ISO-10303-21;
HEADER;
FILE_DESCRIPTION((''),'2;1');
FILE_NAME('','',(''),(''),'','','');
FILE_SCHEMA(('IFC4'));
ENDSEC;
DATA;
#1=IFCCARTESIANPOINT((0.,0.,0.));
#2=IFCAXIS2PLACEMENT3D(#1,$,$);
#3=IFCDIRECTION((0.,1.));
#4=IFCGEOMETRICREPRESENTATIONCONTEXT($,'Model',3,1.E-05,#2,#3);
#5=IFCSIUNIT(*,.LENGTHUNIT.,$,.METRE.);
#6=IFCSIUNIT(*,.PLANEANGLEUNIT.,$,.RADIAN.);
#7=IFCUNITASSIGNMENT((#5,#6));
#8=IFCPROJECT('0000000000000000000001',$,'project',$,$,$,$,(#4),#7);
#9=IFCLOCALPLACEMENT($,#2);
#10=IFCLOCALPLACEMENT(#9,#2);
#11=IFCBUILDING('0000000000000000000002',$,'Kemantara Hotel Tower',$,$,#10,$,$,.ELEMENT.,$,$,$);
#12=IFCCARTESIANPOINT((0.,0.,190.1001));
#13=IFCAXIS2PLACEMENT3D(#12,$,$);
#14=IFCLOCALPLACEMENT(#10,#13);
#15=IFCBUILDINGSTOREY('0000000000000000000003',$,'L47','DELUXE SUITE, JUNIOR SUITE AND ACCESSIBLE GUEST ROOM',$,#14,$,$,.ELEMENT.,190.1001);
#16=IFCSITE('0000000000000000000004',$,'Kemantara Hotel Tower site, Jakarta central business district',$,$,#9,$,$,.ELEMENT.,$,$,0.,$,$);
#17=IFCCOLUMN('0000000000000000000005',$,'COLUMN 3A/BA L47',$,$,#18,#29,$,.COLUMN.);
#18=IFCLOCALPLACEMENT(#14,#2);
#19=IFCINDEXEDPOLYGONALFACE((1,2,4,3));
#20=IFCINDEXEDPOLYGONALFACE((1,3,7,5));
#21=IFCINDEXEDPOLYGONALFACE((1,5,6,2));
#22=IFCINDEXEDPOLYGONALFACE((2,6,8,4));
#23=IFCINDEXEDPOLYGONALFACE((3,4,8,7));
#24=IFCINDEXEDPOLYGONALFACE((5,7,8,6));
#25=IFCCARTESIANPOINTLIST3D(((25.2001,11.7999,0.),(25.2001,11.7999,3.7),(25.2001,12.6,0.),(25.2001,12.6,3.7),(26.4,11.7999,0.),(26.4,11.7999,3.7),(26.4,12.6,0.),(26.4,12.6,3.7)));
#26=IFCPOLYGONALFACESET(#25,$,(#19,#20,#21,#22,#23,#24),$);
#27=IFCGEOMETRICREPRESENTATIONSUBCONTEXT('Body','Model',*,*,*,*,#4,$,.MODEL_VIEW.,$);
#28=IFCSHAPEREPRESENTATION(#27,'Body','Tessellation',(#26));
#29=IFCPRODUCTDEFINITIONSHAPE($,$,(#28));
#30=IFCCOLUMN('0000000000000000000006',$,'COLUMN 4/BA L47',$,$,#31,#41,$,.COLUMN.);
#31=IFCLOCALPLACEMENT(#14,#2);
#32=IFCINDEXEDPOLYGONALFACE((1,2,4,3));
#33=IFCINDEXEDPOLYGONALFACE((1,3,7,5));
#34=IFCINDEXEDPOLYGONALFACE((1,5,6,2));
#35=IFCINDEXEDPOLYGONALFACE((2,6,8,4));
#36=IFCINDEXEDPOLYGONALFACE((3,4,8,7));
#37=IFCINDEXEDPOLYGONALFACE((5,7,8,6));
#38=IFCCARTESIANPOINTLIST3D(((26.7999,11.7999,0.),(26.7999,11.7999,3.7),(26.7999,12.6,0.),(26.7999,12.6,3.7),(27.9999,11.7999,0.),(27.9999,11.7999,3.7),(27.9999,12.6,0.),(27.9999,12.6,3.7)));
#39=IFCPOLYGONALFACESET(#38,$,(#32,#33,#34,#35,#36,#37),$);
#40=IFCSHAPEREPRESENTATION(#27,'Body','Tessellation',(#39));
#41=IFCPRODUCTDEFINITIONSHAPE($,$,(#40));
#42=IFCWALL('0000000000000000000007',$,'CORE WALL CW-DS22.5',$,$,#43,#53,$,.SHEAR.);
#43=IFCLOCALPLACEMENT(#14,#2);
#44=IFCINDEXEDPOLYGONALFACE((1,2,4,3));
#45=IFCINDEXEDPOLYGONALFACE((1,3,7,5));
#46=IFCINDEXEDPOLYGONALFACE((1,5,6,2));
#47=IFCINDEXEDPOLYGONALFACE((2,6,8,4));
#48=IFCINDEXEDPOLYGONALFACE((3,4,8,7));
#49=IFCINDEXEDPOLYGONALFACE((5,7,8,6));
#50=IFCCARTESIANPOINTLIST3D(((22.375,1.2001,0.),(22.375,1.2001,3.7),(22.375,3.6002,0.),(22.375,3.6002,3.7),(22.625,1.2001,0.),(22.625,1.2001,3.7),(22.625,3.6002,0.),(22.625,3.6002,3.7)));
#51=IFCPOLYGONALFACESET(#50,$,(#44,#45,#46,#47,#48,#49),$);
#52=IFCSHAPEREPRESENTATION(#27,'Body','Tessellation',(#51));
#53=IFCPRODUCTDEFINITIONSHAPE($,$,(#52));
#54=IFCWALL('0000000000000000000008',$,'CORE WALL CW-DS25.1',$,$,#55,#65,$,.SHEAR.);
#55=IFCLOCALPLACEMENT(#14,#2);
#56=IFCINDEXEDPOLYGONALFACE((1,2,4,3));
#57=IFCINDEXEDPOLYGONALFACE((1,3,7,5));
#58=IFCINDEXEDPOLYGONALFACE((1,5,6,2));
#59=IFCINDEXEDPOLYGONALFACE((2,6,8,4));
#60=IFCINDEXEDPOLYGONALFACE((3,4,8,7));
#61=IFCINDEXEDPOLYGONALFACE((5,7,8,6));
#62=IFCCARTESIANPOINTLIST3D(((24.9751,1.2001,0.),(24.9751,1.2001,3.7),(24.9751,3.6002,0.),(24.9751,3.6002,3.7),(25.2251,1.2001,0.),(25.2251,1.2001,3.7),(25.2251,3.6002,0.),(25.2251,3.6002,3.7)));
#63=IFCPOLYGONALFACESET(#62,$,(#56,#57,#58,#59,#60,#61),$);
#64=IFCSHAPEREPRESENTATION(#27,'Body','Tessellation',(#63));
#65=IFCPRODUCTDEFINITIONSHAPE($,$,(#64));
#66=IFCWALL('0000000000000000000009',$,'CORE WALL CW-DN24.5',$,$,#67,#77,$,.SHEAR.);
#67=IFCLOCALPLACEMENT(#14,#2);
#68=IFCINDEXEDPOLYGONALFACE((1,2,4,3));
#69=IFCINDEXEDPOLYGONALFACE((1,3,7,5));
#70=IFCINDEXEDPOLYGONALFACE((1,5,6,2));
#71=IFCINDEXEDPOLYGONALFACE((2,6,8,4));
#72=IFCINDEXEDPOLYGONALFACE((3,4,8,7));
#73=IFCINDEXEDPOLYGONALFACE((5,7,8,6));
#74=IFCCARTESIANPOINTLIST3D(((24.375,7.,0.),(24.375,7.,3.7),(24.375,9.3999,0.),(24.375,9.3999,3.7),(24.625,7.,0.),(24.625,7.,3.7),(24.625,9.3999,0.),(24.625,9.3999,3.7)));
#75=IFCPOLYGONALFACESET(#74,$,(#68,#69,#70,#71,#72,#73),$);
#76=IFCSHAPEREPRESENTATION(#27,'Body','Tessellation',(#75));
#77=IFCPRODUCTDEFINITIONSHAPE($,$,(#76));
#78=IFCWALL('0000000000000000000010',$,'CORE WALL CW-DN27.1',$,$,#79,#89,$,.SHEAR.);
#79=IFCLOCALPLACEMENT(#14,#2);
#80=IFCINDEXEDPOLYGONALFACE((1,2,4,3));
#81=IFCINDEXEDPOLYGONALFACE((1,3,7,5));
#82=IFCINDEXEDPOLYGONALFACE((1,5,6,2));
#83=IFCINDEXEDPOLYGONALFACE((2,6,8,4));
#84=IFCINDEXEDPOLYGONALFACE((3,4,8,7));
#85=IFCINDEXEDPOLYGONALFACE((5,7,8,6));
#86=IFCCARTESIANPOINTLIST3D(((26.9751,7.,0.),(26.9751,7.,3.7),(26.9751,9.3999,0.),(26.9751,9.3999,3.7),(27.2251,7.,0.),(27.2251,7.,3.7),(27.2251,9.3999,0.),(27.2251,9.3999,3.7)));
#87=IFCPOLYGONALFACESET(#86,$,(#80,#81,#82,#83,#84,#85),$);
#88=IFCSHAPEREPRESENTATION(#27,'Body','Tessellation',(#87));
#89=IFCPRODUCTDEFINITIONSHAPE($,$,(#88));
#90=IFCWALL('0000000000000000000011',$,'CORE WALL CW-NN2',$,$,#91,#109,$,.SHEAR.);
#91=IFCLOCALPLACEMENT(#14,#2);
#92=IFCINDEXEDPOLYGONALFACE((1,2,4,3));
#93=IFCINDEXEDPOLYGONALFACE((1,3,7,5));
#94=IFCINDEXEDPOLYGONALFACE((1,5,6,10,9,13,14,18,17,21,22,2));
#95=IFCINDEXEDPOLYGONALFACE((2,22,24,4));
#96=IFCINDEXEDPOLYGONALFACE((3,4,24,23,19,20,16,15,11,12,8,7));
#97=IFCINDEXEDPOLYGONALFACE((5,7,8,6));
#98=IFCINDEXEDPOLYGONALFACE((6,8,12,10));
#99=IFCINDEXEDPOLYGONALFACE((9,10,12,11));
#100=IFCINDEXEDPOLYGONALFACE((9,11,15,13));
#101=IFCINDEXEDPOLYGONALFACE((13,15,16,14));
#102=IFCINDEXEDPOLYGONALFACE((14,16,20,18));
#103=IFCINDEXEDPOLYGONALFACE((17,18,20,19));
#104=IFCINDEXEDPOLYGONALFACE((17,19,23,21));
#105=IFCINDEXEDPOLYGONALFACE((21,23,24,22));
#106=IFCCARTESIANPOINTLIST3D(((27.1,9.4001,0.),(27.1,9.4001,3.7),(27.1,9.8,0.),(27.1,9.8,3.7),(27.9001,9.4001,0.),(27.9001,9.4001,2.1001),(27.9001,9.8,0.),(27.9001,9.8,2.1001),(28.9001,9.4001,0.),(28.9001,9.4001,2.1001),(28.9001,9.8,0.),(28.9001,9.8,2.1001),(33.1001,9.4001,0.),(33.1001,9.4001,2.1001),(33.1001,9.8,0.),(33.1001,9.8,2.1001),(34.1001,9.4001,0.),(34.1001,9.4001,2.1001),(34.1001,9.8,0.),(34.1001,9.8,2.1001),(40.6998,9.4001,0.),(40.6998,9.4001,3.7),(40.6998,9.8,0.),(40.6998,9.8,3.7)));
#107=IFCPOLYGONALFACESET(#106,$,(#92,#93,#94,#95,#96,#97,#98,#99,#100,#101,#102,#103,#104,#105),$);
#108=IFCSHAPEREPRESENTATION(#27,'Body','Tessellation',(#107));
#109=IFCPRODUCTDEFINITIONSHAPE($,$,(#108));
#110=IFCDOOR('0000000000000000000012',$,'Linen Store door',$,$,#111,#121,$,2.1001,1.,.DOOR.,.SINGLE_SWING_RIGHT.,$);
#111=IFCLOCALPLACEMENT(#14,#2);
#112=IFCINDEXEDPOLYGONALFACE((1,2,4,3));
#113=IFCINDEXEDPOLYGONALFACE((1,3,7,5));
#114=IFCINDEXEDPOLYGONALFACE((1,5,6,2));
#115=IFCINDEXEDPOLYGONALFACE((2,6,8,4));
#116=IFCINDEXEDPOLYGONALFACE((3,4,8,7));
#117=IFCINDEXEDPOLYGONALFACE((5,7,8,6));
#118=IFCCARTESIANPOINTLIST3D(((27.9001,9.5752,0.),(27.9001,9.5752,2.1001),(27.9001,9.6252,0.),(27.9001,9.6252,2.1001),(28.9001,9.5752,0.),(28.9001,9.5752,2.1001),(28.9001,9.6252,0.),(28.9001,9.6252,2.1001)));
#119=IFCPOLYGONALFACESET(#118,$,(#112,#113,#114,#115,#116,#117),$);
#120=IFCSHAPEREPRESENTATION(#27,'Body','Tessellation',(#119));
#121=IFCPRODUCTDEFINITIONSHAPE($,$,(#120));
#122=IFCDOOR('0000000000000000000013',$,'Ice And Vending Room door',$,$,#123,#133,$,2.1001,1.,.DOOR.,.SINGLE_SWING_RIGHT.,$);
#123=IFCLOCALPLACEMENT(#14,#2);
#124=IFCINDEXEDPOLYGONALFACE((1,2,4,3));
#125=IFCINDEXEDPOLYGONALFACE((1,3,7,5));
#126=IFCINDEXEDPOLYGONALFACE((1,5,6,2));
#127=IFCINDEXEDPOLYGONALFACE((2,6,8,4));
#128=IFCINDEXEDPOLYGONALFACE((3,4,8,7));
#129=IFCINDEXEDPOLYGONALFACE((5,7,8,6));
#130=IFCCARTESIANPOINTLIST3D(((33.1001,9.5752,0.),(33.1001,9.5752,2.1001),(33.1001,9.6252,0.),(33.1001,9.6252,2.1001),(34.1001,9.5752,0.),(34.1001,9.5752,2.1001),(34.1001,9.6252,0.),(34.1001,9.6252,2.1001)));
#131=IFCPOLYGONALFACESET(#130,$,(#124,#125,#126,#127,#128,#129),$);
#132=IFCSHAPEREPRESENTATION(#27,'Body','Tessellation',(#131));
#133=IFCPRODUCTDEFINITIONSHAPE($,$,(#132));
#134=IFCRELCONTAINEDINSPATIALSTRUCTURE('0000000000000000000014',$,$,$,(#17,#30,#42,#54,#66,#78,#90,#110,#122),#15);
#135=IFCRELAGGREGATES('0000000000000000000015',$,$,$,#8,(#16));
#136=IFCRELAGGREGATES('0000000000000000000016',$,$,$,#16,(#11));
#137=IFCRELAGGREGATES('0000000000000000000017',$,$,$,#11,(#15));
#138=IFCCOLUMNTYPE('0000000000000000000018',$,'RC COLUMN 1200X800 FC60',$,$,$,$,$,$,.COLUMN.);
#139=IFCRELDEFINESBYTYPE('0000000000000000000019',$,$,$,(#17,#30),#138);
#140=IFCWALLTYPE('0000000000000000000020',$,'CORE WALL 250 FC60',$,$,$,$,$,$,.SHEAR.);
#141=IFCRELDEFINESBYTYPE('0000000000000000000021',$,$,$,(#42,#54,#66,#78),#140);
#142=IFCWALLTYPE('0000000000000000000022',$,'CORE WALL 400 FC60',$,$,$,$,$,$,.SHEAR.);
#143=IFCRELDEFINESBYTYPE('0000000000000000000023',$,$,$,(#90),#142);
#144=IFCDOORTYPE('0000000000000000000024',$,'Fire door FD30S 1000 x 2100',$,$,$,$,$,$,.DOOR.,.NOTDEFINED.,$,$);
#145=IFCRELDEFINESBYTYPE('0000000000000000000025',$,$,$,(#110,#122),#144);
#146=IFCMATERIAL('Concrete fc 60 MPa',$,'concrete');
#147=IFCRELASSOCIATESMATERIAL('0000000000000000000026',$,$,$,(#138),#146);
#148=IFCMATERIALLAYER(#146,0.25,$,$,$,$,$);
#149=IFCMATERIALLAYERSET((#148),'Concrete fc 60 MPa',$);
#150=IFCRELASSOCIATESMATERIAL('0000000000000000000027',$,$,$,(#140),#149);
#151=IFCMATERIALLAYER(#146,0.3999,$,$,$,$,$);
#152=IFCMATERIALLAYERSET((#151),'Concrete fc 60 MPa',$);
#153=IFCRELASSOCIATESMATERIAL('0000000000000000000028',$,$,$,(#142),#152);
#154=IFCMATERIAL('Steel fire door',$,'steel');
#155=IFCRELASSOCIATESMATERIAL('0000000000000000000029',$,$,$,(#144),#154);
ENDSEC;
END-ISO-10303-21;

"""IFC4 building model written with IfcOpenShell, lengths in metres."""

from ifc_helpers import new_model, si_unit, direction, frame, frame_2d, origin, origin_2d, place, context, subcontext, project, spatial, rectangle, extrude, material, layer, layer_set, material_profile, profile_set, type_object, element, fill, save


model = new_model("IFC4")

# Units and contexts
model_context = context("Model", 3, precision=1e-05, world=origin(), true_north=direction((0.0, 1.0)))
body_context = subcontext(model_context, "Body", "Model", "MODEL_VIEW")
ifc_project = project(units=[si_unit("LENGTHUNIT", "METRE"), si_unit("PLANEANGLEUNIT", "RADIAN")], contexts=[model_context])

# Site, building, storey
site_placement = place(None, origin())
site = spatial("IfcSite", under=ifc_project, at=site_placement, Name="Kemantara Hotel Tower site, Jakarta central business district", CompositionType="ELEMENT", RefElevation=0.0)
building_placement = place(site_placement, origin())
building = spatial("IfcBuilding", under=site, at=building_placement, Name="Kemantara Hotel Tower", CompositionType="ELEMENT")
storey_placement = place(building_placement, frame((0.0, 0.0, 190.1001)))
storey = spatial("IfcBuildingStorey", under=building, at=storey_placement, Name="L47", Description="DELUXE SUITE, JUNIOR SUITE AND ACCESSIBLE GUEST ROOM", CompositionType="ELEMENT", Elevation=190.1001)

# Columns
ifc_material_1 = material(Name="Concrete fc 60 MPa", Category="concrete")
ifc_material_profile = material_profile(ifc_material_1, rectangle(XDim=1.2, YDim=0.8, at=origin_2d()), Name="RC 1200X800")
ifc_profile_set = profile_set([ifc_material_profile], Name="Concrete fc 60 MPa")
column_type = type_object("IfcColumnType", Name="RC COLUMN 1200X800 FC60", PredefinedType="COLUMN", material=ifc_profile_set)
for number, where, z_axis, x_axis, name in (
    (1, (25.8, 12.2, 0.0), (0.0, 0.0, 1.0), (1.0, 0.0, 0.0), "COLUMN 3A/BA L47"),
    (2, (27.3999, 12.2, 0.0), (0.0, 0.0, 1.0), (1.0, 0.0, 0.0), "COLUMN 4/BA L47"),
):
    element("IfcColumn", number, at=place(storey_placement, frame(where, z_axis=z_axis, x_axis=x_axis)), inside=storey, type_object=column_type, Name=name, PredefinedType="COLUMN", context=body_context, shape_type="SweptSolid", body=[
        extrude(rectangle(XDim=1.2, YDim=0.8, at=origin_2d()), origin(), (0.0, 0.0, 1.0), 3.7),
    ])

# Walls
ifc_layer_1 = layer(ifc_material_1, 0.25)
ifc_layer_set_1 = layer_set([ifc_layer_1], Name="Concrete fc 60 MPa")
wall_type_1 = type_object("IfcWallType", Name="CORE WALL 250 FC60", PredefinedType="SHEAR", material=ifc_layer_set_1)
for number, where, z_axis, x_axis, name in (
    (3, (22.5, 1.2, 0.0), (0.0, 0.0, 1.0), (0.0, 1.0, 0.0), "CORE WALL CW-DS22.5"),
    (4, (25.1001, 1.2, 0.0), (0.0, 0.0, 1.0), (0.0, 1.0, 0.0), "CORE WALL CW-DS25.1"),
):
    element("IfcWall", number, at=place(storey_placement, frame(where, z_axis=z_axis, x_axis=x_axis)), inside=storey, type_object=wall_type_1, Name=name, PredefinedType="SHEAR", context=body_context, shape_type="SweptSolid", body=[
        extrude(rectangle(XDim=2.4001, YDim=0.25, at=frame_2d((1.2002, 0.0))), origin(), (0.0, 0.0, 1.0), 3.7),
    ])
for number, where, z_axis, x_axis, name in (
    (5, (24.5, 7.0, 0.0), (0.0, 0.0, 1.0), (0.0, 1.0, 0.0), "CORE WALL CW-DN24.5"),
    (6, (27.1001, 7.0, 0.0), (0.0, 0.0, 1.0), (0.0, 1.0, 0.0), "CORE WALL CW-DN27.1"),
):
    element("IfcWall", number, at=place(storey_placement, frame(where, z_axis=z_axis, x_axis=x_axis)), inside=storey, type_object=wall_type_1, Name=name, PredefinedType="SHEAR", context=body_context, shape_type="SweptSolid", body=[
        extrude(rectangle(XDim=2.3999, YDim=0.25, at=frame_2d((1.2, 0.0))), origin(), (0.0, 0.0, 1.0), 3.7),
    ])

# Wall, openings, doors
ifc_layer_2 = layer(ifc_material_1, 0.3999)
ifc_layer_set_2 = layer_set([ifc_layer_2], Name="Concrete fc 60 MPa")
wall_type_2 = type_object("IfcWallType", Name="CORE WALL 400 FC60", PredefinedType="SHEAR", material=ifc_layer_set_2)
wall_1_placement = place(storey_placement, frame((27.1001, 9.6001, 0.0), z_axis=(0.0, 0.0, 1.0), x_axis=(1.0, 0.0, 0.0)))
wall_1 = element("IfcWall", 7, at=wall_1_placement, inside=storey, type_object=wall_type_2, Name="CORE WALL CW-NN2", PredefinedType="SHEAR", context=body_context, shape_type="SweptSolid", body=[
    extrude(rectangle(XDim=13.5999, YDim=0.3999, at=frame_2d((6.7998, 0.0))), origin(), (0.0, 0.0, 1.0), 3.7),
])
opening_1_placement = place(wall_1_placement, frame((0.8, 0.0, 0.0)))
opening_1 = element("IfcOpeningElement", 8, at=opening_1_placement, cuts=wall_1, PredefinedType="OPENING", context=body_context, shape_type="SweptSolid", body=[
    extrude(rectangle(XDim=1.0, YDim=2.1001, at=frame_2d((0.5, 1.05))), frame((0.0, 0.21, 0.0), z_axis=(0.0, -1.0, 0.0), x_axis=(1.0, 0.0, 0.0)), (0.0, 0.0, 1.0), 0.4199),
])
opening_2_placement = place(wall_1_placement, frame((6.0, 0.0, 0.0)))
opening_2 = element("IfcOpeningElement", 9, at=opening_2_placement, cuts=wall_1, PredefinedType="OPENING", context=body_context, shape_type="SweptSolid", body=[
    extrude(rectangle(XDim=1.0, YDim=2.1001, at=frame_2d((0.5, 1.05))), frame((0.0, 0.21, 0.0), z_axis=(0.0, -1.0, 0.0), x_axis=(1.0, 0.0, 0.0)), (0.0, 0.0, 1.0), 0.4199),
])
ifc_material_2 = material(Name="Steel fire door", Category="steel")
door_type_1 = type_object("IfcDoorType", Name="Fire door FD30S 1000 x 2100", OperationType="NOTDEFINED", PredefinedType="DOOR", material=ifc_material_2)
door_1_placement = place(opening_1_placement, frame((1.0, 0.0, 0.0), z_axis=(0.0, 0.0, 1.0), x_axis=(-1.0, 0.0, 0.0)))
door_1 = element("IfcDoor", 10, at=door_1_placement, inside=storey, type_object=door_type_1, Name="Linen Store door", OperationType="SINGLE_SWING_RIGHT", OverallHeight=2.1001, OverallWidth=1.0, PredefinedType="DOOR", context=body_context, shape_type="SweptSolid", body=[
    extrude(rectangle(XDim=1.0, YDim=2.1001, at=frame_2d((0.5, 1.05))), frame((0.0, 0.0249, 0.0), z_axis=(0.0, -1.0, 0.0), x_axis=(1.0, 0.0, 0.0)), (0.0, 0.0, 1.0), 0.05),
])
fill(opening_1, door_1)
door_2_placement = place(opening_2_placement, frame((1.0, 0.0, 0.0), z_axis=(0.0, 0.0, 1.0), x_axis=(-1.0, 0.0, 0.0)))
door_2 = element("IfcDoor", 11, at=door_2_placement, inside=storey, type_object=door_type_1, Name="Ice And Vending Room door", OperationType="SINGLE_SWING_RIGHT", OverallHeight=2.1001, OverallWidth=1.0, PredefinedType="DOOR", context=body_context, shape_type="SweptSolid", body=[
    extrude(rectangle(XDim=1.0, YDim=2.1001, at=frame_2d((0.5, 1.05))), frame((0.0, 0.0249, 0.0), z_axis=(0.0, -1.0, 0.0), x_axis=(1.0, 0.0, 0.0)), (0.0, 0.0, 1.0), 0.05),
])
fill(opening_2, door_2)

save(model, "model.ifc")
